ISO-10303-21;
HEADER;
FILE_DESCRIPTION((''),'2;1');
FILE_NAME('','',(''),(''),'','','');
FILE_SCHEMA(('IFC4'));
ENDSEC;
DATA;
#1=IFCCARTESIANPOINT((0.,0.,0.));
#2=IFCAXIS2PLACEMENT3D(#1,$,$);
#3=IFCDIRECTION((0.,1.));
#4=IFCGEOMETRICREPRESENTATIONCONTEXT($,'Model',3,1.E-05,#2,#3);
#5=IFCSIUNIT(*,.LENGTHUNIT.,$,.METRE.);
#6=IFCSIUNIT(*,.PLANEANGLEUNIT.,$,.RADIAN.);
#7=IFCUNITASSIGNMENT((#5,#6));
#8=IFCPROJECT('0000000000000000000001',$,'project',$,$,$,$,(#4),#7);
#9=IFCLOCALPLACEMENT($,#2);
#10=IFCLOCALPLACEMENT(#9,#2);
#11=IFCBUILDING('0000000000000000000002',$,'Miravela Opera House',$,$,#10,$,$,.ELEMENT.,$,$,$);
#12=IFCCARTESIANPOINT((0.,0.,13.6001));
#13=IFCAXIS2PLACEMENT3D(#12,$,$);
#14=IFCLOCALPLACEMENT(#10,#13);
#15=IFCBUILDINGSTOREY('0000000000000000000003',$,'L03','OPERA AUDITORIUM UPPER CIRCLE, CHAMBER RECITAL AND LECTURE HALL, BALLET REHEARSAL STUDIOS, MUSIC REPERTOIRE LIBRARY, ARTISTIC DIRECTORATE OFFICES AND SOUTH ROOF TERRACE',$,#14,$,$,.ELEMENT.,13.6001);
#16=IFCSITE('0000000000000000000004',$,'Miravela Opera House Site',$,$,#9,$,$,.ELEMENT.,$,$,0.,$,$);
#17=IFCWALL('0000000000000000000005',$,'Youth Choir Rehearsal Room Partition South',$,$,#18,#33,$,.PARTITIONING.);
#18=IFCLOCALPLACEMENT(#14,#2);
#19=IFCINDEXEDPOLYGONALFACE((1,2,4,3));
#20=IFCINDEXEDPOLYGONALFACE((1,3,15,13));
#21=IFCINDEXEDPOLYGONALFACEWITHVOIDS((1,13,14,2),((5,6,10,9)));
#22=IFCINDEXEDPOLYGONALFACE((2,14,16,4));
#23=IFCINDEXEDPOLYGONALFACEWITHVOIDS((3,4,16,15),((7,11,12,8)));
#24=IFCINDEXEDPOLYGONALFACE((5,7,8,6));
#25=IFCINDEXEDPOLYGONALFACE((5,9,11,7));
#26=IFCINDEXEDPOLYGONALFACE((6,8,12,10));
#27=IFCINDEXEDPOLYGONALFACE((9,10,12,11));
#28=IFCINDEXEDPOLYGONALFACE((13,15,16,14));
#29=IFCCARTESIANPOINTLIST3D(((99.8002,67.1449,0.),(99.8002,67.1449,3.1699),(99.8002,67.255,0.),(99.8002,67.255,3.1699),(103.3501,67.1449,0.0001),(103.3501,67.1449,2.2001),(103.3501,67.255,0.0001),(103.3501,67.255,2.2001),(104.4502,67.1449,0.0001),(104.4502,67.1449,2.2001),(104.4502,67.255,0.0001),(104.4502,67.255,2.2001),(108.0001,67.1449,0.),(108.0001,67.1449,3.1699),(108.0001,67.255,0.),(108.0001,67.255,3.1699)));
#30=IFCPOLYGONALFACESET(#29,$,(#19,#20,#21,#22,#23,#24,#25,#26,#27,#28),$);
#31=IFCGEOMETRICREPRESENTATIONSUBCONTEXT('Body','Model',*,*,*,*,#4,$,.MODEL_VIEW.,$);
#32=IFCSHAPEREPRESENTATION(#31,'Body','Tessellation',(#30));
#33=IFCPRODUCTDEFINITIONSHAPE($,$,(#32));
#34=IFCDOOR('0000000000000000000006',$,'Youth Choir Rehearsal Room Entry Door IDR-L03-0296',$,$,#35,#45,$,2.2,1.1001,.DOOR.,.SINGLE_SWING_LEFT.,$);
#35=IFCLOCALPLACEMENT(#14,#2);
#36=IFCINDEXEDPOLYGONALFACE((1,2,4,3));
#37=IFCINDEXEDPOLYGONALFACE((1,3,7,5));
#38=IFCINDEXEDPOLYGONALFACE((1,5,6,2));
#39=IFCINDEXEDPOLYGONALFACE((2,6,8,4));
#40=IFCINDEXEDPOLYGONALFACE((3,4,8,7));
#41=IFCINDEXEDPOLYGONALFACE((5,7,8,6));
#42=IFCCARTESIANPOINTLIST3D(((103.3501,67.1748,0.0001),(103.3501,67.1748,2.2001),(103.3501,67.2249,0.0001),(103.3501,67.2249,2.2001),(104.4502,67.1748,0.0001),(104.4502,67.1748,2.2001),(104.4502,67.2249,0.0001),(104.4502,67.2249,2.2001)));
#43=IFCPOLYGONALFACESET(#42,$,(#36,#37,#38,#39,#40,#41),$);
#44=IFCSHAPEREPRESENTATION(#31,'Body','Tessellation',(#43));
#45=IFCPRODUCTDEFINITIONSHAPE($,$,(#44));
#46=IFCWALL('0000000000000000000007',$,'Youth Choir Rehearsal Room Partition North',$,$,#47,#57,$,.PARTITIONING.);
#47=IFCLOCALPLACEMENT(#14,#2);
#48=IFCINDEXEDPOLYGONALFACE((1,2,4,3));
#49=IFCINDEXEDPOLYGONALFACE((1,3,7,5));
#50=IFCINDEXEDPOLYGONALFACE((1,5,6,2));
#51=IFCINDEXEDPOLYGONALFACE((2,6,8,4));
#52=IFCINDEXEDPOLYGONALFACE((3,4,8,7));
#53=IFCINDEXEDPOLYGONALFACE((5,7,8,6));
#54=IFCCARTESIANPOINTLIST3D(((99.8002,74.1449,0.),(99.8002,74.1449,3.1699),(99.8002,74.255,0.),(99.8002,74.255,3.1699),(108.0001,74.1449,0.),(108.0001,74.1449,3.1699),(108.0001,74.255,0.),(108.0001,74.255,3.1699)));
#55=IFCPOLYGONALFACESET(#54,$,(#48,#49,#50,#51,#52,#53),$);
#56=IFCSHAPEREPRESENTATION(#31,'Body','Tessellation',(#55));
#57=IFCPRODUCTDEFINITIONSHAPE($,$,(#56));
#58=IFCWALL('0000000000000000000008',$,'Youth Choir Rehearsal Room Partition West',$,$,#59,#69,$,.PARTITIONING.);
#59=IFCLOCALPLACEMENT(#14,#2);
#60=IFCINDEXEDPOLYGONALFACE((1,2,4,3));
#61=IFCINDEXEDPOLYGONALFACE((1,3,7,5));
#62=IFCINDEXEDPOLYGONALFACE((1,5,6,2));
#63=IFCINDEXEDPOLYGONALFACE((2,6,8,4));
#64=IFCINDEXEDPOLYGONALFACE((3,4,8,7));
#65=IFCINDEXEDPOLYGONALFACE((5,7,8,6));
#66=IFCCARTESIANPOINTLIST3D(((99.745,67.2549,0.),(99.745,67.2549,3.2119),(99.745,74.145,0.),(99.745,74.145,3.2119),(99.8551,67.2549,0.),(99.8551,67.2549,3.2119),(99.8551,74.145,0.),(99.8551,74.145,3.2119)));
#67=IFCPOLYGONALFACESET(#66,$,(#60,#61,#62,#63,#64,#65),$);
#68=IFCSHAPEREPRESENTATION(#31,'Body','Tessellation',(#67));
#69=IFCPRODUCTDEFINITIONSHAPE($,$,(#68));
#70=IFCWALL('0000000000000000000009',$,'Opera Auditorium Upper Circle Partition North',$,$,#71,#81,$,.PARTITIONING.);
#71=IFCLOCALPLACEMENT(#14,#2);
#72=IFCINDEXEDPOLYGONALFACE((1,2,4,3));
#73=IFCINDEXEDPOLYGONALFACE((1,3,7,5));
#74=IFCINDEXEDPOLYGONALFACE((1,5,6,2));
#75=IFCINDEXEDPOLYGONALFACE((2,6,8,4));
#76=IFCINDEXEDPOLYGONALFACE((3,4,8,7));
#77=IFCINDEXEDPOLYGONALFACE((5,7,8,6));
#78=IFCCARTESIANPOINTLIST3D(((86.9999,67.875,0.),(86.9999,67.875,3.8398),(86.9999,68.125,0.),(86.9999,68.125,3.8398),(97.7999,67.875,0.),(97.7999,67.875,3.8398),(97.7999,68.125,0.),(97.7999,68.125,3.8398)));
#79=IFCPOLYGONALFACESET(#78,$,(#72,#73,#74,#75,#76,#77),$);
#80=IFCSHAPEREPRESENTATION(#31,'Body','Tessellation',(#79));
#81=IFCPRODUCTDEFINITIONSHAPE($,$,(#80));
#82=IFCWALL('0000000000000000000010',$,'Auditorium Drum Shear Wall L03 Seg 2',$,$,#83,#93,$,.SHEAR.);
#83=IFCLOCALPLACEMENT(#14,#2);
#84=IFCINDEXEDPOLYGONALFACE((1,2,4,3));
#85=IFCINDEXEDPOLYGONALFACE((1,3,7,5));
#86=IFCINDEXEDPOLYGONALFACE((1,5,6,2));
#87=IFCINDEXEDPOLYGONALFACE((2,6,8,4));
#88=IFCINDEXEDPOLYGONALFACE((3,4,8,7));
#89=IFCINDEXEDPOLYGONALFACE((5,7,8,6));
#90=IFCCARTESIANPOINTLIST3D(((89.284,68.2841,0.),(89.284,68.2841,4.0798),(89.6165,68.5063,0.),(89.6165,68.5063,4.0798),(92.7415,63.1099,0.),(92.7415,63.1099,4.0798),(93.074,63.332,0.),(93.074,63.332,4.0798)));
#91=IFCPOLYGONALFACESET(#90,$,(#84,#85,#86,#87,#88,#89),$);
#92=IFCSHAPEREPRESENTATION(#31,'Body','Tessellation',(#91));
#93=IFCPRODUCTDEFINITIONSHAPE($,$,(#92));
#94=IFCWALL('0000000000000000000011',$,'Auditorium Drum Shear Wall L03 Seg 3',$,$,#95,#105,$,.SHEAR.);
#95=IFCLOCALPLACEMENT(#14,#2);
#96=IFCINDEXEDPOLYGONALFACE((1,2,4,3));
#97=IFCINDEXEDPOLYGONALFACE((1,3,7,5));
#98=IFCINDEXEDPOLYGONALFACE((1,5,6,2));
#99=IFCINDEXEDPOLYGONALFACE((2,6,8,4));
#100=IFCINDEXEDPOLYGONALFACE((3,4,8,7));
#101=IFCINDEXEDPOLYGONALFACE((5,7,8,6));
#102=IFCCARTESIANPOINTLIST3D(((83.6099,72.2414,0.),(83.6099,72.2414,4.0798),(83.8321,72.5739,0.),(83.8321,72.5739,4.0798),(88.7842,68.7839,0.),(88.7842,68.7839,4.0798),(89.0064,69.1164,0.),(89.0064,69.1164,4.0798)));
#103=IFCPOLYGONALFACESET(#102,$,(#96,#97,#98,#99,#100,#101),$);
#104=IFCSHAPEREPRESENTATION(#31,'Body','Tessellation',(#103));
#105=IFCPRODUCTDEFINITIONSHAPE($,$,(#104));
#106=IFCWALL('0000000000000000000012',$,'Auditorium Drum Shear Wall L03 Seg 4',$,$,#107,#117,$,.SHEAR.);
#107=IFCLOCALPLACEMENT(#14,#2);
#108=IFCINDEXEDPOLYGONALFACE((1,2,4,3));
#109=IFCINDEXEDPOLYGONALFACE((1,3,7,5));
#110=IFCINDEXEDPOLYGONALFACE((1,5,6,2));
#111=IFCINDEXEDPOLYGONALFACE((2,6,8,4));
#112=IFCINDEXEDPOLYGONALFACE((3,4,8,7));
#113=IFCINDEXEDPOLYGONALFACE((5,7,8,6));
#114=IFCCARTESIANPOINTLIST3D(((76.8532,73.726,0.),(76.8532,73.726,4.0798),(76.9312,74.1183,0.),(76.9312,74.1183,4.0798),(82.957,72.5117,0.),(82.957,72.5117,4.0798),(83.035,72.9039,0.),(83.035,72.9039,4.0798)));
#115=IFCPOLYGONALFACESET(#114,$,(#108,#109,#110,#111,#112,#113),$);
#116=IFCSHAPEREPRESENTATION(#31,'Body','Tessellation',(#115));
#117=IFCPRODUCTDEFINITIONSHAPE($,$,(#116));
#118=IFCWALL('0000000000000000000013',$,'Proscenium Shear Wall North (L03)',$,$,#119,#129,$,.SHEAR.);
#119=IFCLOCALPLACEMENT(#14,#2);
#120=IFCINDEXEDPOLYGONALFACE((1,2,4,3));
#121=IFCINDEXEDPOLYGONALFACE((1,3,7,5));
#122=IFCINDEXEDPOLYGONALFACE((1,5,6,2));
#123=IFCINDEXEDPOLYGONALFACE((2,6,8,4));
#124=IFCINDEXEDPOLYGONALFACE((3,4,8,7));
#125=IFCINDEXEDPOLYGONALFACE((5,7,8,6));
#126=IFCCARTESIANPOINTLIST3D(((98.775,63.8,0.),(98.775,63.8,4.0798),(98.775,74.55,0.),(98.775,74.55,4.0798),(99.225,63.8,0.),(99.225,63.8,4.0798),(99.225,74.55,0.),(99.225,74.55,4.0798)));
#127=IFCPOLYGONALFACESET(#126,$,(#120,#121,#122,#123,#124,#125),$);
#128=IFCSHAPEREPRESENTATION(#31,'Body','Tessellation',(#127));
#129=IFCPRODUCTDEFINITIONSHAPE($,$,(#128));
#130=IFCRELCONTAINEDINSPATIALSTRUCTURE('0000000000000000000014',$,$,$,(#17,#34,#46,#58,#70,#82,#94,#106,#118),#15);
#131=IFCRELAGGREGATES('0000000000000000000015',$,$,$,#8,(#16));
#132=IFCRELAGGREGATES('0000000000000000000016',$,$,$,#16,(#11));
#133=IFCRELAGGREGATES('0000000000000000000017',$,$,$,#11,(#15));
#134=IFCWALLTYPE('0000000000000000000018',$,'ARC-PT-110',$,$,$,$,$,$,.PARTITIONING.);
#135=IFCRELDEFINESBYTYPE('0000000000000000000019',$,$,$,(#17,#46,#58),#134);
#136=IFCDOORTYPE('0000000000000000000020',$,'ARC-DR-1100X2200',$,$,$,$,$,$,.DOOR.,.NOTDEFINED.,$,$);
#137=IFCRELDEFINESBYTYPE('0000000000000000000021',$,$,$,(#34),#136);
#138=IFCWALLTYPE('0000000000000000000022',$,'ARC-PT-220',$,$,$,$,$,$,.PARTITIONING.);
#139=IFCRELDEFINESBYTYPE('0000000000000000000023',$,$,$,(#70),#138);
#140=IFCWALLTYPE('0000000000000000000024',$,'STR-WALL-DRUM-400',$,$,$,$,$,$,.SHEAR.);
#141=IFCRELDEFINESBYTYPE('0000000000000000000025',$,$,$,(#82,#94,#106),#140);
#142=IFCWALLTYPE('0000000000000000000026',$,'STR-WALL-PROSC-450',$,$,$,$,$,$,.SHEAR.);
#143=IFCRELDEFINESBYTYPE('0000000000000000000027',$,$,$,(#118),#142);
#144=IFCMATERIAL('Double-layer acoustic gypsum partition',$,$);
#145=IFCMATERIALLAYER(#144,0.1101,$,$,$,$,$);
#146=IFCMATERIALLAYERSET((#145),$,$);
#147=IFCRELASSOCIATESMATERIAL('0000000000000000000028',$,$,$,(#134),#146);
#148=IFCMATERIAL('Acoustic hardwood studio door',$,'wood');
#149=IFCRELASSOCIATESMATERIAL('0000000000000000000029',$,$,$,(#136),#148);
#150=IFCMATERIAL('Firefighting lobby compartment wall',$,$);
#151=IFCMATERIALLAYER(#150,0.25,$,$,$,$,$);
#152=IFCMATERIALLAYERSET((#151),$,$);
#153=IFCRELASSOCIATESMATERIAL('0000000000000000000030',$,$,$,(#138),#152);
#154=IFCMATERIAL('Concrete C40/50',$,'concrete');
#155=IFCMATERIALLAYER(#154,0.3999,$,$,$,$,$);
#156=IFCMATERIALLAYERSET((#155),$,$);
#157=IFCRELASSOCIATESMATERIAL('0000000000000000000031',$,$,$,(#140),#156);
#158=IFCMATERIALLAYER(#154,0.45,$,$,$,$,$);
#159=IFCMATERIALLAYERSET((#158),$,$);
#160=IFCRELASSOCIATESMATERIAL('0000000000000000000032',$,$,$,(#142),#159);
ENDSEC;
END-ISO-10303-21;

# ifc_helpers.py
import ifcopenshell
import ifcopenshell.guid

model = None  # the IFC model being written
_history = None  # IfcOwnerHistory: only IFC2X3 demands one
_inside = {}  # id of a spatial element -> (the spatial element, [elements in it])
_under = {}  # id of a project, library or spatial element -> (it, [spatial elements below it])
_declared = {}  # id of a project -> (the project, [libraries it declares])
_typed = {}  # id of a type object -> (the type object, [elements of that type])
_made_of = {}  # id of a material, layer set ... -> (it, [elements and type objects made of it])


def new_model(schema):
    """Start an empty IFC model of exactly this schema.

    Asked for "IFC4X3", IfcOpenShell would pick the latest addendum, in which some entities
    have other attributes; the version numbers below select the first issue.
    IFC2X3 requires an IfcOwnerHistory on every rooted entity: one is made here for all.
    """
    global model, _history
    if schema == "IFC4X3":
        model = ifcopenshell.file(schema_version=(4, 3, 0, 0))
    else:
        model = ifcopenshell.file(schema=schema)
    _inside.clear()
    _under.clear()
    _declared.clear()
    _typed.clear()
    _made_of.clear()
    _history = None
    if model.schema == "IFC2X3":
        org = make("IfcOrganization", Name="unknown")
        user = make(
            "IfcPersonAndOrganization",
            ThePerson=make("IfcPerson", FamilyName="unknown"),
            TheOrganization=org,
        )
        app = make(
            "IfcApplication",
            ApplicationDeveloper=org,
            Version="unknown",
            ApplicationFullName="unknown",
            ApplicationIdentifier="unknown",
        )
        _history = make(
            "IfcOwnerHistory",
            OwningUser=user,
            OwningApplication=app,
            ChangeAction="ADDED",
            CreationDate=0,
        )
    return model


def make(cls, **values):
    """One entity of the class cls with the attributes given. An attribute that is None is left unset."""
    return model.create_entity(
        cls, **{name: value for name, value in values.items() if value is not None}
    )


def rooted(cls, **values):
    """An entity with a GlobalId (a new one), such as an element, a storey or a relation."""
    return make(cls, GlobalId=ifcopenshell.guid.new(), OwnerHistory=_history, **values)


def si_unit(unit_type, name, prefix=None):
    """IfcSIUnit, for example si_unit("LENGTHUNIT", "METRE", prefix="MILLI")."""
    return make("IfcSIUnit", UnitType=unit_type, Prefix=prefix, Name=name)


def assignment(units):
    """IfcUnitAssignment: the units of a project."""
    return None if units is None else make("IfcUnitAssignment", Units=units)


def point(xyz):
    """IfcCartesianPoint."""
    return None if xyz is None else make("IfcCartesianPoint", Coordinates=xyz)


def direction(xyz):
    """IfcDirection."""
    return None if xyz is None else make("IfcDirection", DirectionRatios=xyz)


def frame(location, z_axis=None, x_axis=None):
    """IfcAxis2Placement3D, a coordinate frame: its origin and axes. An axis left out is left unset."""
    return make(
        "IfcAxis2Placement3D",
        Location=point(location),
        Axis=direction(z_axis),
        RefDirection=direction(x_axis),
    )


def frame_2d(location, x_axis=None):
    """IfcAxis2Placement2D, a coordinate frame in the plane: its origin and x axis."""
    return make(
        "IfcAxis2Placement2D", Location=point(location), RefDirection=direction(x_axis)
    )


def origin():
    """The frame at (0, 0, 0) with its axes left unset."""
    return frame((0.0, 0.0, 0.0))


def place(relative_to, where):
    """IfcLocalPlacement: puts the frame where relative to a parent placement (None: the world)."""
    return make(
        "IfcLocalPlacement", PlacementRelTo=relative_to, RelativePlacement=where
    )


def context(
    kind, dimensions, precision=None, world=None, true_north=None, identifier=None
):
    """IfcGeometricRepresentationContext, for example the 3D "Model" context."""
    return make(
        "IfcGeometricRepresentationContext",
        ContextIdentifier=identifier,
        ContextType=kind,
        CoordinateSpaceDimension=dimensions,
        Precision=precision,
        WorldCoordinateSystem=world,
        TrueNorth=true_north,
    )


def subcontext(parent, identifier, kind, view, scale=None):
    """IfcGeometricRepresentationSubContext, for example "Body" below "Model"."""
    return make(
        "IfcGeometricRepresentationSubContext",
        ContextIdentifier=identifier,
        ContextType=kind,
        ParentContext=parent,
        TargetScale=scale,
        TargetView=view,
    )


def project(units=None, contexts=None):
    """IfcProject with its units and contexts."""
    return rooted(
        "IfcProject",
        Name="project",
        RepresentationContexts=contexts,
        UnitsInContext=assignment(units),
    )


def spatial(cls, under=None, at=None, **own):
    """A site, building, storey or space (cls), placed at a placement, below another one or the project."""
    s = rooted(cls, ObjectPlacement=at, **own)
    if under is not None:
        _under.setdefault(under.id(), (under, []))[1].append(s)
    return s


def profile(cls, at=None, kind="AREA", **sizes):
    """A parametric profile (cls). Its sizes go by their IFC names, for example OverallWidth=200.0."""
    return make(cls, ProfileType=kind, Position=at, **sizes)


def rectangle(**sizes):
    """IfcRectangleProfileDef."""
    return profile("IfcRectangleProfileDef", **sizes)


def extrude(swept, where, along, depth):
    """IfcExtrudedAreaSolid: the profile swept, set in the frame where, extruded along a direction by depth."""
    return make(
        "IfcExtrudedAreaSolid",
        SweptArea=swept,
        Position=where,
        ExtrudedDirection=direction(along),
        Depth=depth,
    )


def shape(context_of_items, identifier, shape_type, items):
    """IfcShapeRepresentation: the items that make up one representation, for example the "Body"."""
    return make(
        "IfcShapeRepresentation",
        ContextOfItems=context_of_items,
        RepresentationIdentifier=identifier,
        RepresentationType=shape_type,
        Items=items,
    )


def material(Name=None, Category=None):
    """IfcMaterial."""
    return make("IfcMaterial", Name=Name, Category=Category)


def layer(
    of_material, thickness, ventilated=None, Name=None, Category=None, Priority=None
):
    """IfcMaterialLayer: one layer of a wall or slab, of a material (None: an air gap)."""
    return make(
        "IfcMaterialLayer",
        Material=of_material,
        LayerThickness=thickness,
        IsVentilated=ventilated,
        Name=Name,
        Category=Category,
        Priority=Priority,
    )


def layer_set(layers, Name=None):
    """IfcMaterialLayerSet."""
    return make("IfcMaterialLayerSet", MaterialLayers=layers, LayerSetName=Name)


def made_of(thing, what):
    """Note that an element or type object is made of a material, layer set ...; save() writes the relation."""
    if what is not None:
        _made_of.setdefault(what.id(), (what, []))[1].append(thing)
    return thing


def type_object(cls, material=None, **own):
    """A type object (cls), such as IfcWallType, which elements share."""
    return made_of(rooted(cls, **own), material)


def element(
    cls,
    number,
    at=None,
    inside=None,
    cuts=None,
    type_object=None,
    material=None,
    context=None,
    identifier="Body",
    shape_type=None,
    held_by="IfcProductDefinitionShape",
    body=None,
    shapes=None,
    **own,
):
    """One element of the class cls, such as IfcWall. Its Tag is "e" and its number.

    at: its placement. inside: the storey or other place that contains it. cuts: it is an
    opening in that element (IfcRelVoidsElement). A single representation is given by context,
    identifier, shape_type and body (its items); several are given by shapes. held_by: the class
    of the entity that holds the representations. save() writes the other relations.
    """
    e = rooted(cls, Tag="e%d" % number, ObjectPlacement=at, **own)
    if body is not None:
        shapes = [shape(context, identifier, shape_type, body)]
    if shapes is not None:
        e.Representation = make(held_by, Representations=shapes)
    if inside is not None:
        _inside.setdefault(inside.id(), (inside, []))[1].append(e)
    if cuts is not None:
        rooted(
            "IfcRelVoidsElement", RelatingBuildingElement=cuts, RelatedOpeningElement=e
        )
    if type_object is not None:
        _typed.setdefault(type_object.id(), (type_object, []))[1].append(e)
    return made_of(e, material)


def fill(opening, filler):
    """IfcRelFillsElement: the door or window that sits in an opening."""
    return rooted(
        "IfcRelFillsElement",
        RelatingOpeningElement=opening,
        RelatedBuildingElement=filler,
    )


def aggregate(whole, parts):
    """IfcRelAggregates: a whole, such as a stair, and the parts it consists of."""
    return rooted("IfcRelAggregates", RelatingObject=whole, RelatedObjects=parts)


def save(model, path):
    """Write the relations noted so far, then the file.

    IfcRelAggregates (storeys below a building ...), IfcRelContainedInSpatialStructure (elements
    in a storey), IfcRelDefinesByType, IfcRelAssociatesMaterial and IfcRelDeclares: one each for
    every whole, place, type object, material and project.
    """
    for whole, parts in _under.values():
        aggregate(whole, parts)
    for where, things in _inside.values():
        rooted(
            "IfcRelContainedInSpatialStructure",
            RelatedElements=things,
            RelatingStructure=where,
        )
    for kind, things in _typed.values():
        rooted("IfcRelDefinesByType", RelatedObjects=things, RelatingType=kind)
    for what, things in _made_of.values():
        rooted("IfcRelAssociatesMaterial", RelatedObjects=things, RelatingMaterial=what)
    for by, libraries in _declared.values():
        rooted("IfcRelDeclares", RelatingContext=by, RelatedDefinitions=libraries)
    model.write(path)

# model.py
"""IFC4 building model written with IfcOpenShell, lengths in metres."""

from ifc_helpers import new_model, si_unit, direction, frame, frame_2d, origin, place, context, subcontext, project, spatial, rectangle, extrude, material, layer, layer_set, type_object, element, fill, save


model = new_model("IFC4")

# Units and contexts
model_context = context("Model", 3, precision=1e-05, world=origin(), true_north=direction((0.0, 1.0)))
body_context = subcontext(model_context, "Body", "Model", "MODEL_VIEW")
ifc_project = project(units=[si_unit("LENGTHUNIT", "METRE"), si_unit("PLANEANGLEUNIT", "RADIAN")], contexts=[model_context])

# Site, building, storey
site_placement = place(None, origin())
site = spatial("IfcSite", under=ifc_project, at=site_placement, Name="Miravela Opera House Site", CompositionType="ELEMENT", RefElevation=0.0)
building_placement = place(site_placement, origin())
building = spatial("IfcBuilding", under=site, at=building_placement, Name="Miravela Opera House", CompositionType="ELEMENT")
storey_placement = place(building_placement, frame((0.0, 0.0, 13.6001)))
storey = spatial("IfcBuildingStorey", under=building, at=storey_placement, Name="L03", Description="OPERA AUDITORIUM UPPER CIRCLE, CHAMBER RECITAL AND LECTURE HALL, BALLET REHEARSAL STUDIOS, MUSIC REPERTOIRE LIBRARY, ARTISTIC DIRECTORATE OFFICES AND SOUTH ROOF TERRACE", CompositionType="ELEMENT", Elevation=13.6001)

# Shared definitions
ifc_material_1 = material(Name="Concrete C40/50", Category="concrete")

# Wall, opening, door
ifc_material_2 = material(Name="Double-layer acoustic gypsum partition")
ifc_layer_1 = layer(ifc_material_2, 0.1101)
ifc_layer_set_1 = layer_set([ifc_layer_1])
wall_type_1 = type_object("IfcWallType", Name="ARC-PT-110", PredefinedType="PARTITIONING", material=ifc_layer_set_1)
wall_1_placement = place(storey_placement, frame((99.8, 67.2, 0.0), z_axis=(0.0, 0.0, 1.0), x_axis=(1.0, 0.0, 0.0)))
wall_1 = element("IfcWall", 1, at=wall_1_placement, inside=storey, type_object=wall_type_1, Name="Youth Choir Rehearsal Room Partition South", PredefinedType="PARTITIONING", context=body_context, shape_type="SweptSolid", body=[
    extrude(rectangle(XDim=8.2, YDim=0.1101, at=frame_2d((4.1001, 0.0))), origin(), (0.0, 0.0, 1.0), 3.1699),
])
opening_placement = place(wall_1_placement, frame((3.55, 0.0, 0.0)))
opening = element("IfcOpeningElement", 2, at=opening_placement, cuts=wall_1, PredefinedType="OPENING", context=body_context, shape_type="SweptSolid", body=[
    extrude(rectangle(XDim=1.1001, YDim=2.2, at=frame_2d((0.55, 1.1001))), frame((0.0, 0.0649, 0.0), z_axis=(0.0, -1.0, 0.0), x_axis=(1.0, 0.0, 0.0)), (0.0, 0.0, 1.0), 0.1301),
])
ifc_material_3 = material(Name="Acoustic hardwood studio door", Category="wood")
door_type = type_object("IfcDoorType", Name="ARC-DR-1100X2200", OperationType="NOTDEFINED", PredefinedType="DOOR", material=ifc_material_3)
door_placement = place(opening_placement, origin())
door = element("IfcDoor", 3, at=door_placement, inside=storey, type_object=door_type, Name="Youth Choir Rehearsal Room Entry Door IDR-L03-0296", OperationType="SINGLE_SWING_LEFT", OverallHeight=2.2, OverallWidth=1.1001, PredefinedType="DOOR", context=body_context, shape_type="SweptSolid", body=[
    extrude(rectangle(XDim=1.1001, YDim=2.2, at=frame_2d((0.55, 1.1001))), frame((0.0, 0.0249, 0.0), z_axis=(0.0, -1.0, 0.0), x_axis=(1.0, 0.0, 0.0)), (0.0, 0.0, 1.0), 0.05),
])
fill(opening, door)

# Walls
wall_2_placement = place(storey_placement, frame((99.8, 74.2, 0.0), z_axis=(0.0, 0.0, 1.0), x_axis=(1.0, 0.0, 0.0)))
element("IfcWall", 4, at=wall_2_placement, inside=storey, type_object=wall_type_1, Name="Youth Choir Rehearsal Room Partition North", PredefinedType="PARTITIONING", context=body_context, shape_type="SweptSolid", body=[
    extrude(rectangle(XDim=8.2, YDim=0.1101, at=frame_2d((4.1001, 0.0))), origin(), (0.0, 0.0, 1.0), 3.1699),
])
wall_3_placement = place(storey_placement, frame((99.8, 67.2549, 0.0), z_axis=(0.0, 0.0, 1.0), x_axis=(0.0, 1.0, 0.0)))
element("IfcWall", 5, at=wall_3_placement, inside=storey, type_object=wall_type_1, Name="Youth Choir Rehearsal Room Partition West", PredefinedType="PARTITIONING", context=body_context, shape_type="SweptSolid", body=[
    extrude(rectangle(XDim=6.8901, YDim=0.1101, at=frame_2d((3.4451, 0.0))), origin(), (0.0, 0.0, 1.0), 3.2119),
])
ifc_material_4 = material(Name="Firefighting lobby compartment wall")
ifc_layer_2 = layer(ifc_material_4, 0.25)
ifc_layer_set_2 = layer_set([ifc_layer_2])
wall_type_2 = type_object("IfcWallType", Name="ARC-PT-220", PredefinedType="PARTITIONING", material=ifc_layer_set_2)
wall_4_placement = place(storey_placement, frame((87.0, 68.0, 0.0), z_axis=(0.0, 0.0, 1.0), x_axis=(1.0, 0.0, 0.0)))
element("IfcWall", 6, at=wall_4_placement, inside=storey, type_object=wall_type_2, Name="Opera Auditorium Upper Circle Partition North", PredefinedType="PARTITIONING", context=body_context, shape_type="SweptSolid", body=[
    extrude(rectangle(XDim=10.8, YDim=0.25, at=frame_2d((5.3999, 0.0))), origin(), (0.0, 0.0, 1.0), 3.8398),
])
ifc_layer_3 = layer(ifc_material_1, 0.3999)
ifc_layer_set_3 = layer_set([ifc_layer_3])
wall_type_3 = type_object("IfcWallType", Name="STR-WALL-DRUM-400", PredefinedType="SHEAR", material=ifc_layer_set_3)
for number, where, z_axis, x_axis, name in (
    (7, (92.9077, 63.2209, 0.0), (0.0, 0.0, 1.0), (-0.555587, 0.831458, 0.0), "Auditorium Drum Shear Wall L03 Seg 2"),
    (8, (88.8953, 68.9502, 0.0), (0.0, 0.0, 1.0), (-0.831458, 0.555587, 0.0), "Auditorium Drum Shear Wall L03 Seg 3"),
):
    element("IfcWall", number, at=place(storey_placement, frame(where, z_axis=z_axis, x_axis=x_axis)), inside=storey, type_object=wall_type_3, Name=name, PredefinedType="SHEAR", context=body_context, shape_type="SweptSolid", body=[
        extrude(rectangle(XDim=6.2231, YDim=0.3999, at=frame_2d((3.1116, 0.0))), origin(), (0.0, 0.0, 1.0), 4.0798),
    ])
wall_5_placement = place(storey_placement, frame((82.9961, 72.7078, 0.0), z_axis=(0.0, 0.0, 1.0), x_axis=(-0.980778, 0.195128, 0.0)))
element("IfcWall", 9, at=wall_5_placement, inside=storey, type_object=wall_type_3, Name="Auditorium Drum Shear Wall L03 Seg 4", PredefinedType="SHEAR", context=body_context, shape_type="SweptSolid", body=[
    extrude(rectangle(XDim=6.2234, YDim=0.3999, at=frame_2d((3.1118, 0.0))), origin(), (0.0, 0.0, 1.0), 4.0798),
])
ifc_layer_4 = layer(ifc_material_1, 0.45)
ifc_layer_set_4 = layer_set([ifc_layer_4])
wall_type_4 = type_object("IfcWallType", Name="STR-WALL-PROSC-450", PredefinedType="SHEAR", material=ifc_layer_set_4)
wall_6_placement = place(storey_placement, frame((99.0, 63.8, 0.0), z_axis=(0.0, 0.0, 1.0), x_axis=(0.0, 1.0, 0.0)))
element("IfcWall", 10, at=wall_6_placement, inside=storey, type_object=wall_type_4, Name="Proscenium Shear Wall North (L03)", PredefinedType="SHEAR", context=body_context, shape_type="SweptSolid", body=[
    extrude(rectangle(XDim=10.75, YDim=0.45, at=frame_2d((5.375, 0.0))), origin(), (0.0, 0.0, 1.0), 4.0798),
])

save(model, "model.ifc")
